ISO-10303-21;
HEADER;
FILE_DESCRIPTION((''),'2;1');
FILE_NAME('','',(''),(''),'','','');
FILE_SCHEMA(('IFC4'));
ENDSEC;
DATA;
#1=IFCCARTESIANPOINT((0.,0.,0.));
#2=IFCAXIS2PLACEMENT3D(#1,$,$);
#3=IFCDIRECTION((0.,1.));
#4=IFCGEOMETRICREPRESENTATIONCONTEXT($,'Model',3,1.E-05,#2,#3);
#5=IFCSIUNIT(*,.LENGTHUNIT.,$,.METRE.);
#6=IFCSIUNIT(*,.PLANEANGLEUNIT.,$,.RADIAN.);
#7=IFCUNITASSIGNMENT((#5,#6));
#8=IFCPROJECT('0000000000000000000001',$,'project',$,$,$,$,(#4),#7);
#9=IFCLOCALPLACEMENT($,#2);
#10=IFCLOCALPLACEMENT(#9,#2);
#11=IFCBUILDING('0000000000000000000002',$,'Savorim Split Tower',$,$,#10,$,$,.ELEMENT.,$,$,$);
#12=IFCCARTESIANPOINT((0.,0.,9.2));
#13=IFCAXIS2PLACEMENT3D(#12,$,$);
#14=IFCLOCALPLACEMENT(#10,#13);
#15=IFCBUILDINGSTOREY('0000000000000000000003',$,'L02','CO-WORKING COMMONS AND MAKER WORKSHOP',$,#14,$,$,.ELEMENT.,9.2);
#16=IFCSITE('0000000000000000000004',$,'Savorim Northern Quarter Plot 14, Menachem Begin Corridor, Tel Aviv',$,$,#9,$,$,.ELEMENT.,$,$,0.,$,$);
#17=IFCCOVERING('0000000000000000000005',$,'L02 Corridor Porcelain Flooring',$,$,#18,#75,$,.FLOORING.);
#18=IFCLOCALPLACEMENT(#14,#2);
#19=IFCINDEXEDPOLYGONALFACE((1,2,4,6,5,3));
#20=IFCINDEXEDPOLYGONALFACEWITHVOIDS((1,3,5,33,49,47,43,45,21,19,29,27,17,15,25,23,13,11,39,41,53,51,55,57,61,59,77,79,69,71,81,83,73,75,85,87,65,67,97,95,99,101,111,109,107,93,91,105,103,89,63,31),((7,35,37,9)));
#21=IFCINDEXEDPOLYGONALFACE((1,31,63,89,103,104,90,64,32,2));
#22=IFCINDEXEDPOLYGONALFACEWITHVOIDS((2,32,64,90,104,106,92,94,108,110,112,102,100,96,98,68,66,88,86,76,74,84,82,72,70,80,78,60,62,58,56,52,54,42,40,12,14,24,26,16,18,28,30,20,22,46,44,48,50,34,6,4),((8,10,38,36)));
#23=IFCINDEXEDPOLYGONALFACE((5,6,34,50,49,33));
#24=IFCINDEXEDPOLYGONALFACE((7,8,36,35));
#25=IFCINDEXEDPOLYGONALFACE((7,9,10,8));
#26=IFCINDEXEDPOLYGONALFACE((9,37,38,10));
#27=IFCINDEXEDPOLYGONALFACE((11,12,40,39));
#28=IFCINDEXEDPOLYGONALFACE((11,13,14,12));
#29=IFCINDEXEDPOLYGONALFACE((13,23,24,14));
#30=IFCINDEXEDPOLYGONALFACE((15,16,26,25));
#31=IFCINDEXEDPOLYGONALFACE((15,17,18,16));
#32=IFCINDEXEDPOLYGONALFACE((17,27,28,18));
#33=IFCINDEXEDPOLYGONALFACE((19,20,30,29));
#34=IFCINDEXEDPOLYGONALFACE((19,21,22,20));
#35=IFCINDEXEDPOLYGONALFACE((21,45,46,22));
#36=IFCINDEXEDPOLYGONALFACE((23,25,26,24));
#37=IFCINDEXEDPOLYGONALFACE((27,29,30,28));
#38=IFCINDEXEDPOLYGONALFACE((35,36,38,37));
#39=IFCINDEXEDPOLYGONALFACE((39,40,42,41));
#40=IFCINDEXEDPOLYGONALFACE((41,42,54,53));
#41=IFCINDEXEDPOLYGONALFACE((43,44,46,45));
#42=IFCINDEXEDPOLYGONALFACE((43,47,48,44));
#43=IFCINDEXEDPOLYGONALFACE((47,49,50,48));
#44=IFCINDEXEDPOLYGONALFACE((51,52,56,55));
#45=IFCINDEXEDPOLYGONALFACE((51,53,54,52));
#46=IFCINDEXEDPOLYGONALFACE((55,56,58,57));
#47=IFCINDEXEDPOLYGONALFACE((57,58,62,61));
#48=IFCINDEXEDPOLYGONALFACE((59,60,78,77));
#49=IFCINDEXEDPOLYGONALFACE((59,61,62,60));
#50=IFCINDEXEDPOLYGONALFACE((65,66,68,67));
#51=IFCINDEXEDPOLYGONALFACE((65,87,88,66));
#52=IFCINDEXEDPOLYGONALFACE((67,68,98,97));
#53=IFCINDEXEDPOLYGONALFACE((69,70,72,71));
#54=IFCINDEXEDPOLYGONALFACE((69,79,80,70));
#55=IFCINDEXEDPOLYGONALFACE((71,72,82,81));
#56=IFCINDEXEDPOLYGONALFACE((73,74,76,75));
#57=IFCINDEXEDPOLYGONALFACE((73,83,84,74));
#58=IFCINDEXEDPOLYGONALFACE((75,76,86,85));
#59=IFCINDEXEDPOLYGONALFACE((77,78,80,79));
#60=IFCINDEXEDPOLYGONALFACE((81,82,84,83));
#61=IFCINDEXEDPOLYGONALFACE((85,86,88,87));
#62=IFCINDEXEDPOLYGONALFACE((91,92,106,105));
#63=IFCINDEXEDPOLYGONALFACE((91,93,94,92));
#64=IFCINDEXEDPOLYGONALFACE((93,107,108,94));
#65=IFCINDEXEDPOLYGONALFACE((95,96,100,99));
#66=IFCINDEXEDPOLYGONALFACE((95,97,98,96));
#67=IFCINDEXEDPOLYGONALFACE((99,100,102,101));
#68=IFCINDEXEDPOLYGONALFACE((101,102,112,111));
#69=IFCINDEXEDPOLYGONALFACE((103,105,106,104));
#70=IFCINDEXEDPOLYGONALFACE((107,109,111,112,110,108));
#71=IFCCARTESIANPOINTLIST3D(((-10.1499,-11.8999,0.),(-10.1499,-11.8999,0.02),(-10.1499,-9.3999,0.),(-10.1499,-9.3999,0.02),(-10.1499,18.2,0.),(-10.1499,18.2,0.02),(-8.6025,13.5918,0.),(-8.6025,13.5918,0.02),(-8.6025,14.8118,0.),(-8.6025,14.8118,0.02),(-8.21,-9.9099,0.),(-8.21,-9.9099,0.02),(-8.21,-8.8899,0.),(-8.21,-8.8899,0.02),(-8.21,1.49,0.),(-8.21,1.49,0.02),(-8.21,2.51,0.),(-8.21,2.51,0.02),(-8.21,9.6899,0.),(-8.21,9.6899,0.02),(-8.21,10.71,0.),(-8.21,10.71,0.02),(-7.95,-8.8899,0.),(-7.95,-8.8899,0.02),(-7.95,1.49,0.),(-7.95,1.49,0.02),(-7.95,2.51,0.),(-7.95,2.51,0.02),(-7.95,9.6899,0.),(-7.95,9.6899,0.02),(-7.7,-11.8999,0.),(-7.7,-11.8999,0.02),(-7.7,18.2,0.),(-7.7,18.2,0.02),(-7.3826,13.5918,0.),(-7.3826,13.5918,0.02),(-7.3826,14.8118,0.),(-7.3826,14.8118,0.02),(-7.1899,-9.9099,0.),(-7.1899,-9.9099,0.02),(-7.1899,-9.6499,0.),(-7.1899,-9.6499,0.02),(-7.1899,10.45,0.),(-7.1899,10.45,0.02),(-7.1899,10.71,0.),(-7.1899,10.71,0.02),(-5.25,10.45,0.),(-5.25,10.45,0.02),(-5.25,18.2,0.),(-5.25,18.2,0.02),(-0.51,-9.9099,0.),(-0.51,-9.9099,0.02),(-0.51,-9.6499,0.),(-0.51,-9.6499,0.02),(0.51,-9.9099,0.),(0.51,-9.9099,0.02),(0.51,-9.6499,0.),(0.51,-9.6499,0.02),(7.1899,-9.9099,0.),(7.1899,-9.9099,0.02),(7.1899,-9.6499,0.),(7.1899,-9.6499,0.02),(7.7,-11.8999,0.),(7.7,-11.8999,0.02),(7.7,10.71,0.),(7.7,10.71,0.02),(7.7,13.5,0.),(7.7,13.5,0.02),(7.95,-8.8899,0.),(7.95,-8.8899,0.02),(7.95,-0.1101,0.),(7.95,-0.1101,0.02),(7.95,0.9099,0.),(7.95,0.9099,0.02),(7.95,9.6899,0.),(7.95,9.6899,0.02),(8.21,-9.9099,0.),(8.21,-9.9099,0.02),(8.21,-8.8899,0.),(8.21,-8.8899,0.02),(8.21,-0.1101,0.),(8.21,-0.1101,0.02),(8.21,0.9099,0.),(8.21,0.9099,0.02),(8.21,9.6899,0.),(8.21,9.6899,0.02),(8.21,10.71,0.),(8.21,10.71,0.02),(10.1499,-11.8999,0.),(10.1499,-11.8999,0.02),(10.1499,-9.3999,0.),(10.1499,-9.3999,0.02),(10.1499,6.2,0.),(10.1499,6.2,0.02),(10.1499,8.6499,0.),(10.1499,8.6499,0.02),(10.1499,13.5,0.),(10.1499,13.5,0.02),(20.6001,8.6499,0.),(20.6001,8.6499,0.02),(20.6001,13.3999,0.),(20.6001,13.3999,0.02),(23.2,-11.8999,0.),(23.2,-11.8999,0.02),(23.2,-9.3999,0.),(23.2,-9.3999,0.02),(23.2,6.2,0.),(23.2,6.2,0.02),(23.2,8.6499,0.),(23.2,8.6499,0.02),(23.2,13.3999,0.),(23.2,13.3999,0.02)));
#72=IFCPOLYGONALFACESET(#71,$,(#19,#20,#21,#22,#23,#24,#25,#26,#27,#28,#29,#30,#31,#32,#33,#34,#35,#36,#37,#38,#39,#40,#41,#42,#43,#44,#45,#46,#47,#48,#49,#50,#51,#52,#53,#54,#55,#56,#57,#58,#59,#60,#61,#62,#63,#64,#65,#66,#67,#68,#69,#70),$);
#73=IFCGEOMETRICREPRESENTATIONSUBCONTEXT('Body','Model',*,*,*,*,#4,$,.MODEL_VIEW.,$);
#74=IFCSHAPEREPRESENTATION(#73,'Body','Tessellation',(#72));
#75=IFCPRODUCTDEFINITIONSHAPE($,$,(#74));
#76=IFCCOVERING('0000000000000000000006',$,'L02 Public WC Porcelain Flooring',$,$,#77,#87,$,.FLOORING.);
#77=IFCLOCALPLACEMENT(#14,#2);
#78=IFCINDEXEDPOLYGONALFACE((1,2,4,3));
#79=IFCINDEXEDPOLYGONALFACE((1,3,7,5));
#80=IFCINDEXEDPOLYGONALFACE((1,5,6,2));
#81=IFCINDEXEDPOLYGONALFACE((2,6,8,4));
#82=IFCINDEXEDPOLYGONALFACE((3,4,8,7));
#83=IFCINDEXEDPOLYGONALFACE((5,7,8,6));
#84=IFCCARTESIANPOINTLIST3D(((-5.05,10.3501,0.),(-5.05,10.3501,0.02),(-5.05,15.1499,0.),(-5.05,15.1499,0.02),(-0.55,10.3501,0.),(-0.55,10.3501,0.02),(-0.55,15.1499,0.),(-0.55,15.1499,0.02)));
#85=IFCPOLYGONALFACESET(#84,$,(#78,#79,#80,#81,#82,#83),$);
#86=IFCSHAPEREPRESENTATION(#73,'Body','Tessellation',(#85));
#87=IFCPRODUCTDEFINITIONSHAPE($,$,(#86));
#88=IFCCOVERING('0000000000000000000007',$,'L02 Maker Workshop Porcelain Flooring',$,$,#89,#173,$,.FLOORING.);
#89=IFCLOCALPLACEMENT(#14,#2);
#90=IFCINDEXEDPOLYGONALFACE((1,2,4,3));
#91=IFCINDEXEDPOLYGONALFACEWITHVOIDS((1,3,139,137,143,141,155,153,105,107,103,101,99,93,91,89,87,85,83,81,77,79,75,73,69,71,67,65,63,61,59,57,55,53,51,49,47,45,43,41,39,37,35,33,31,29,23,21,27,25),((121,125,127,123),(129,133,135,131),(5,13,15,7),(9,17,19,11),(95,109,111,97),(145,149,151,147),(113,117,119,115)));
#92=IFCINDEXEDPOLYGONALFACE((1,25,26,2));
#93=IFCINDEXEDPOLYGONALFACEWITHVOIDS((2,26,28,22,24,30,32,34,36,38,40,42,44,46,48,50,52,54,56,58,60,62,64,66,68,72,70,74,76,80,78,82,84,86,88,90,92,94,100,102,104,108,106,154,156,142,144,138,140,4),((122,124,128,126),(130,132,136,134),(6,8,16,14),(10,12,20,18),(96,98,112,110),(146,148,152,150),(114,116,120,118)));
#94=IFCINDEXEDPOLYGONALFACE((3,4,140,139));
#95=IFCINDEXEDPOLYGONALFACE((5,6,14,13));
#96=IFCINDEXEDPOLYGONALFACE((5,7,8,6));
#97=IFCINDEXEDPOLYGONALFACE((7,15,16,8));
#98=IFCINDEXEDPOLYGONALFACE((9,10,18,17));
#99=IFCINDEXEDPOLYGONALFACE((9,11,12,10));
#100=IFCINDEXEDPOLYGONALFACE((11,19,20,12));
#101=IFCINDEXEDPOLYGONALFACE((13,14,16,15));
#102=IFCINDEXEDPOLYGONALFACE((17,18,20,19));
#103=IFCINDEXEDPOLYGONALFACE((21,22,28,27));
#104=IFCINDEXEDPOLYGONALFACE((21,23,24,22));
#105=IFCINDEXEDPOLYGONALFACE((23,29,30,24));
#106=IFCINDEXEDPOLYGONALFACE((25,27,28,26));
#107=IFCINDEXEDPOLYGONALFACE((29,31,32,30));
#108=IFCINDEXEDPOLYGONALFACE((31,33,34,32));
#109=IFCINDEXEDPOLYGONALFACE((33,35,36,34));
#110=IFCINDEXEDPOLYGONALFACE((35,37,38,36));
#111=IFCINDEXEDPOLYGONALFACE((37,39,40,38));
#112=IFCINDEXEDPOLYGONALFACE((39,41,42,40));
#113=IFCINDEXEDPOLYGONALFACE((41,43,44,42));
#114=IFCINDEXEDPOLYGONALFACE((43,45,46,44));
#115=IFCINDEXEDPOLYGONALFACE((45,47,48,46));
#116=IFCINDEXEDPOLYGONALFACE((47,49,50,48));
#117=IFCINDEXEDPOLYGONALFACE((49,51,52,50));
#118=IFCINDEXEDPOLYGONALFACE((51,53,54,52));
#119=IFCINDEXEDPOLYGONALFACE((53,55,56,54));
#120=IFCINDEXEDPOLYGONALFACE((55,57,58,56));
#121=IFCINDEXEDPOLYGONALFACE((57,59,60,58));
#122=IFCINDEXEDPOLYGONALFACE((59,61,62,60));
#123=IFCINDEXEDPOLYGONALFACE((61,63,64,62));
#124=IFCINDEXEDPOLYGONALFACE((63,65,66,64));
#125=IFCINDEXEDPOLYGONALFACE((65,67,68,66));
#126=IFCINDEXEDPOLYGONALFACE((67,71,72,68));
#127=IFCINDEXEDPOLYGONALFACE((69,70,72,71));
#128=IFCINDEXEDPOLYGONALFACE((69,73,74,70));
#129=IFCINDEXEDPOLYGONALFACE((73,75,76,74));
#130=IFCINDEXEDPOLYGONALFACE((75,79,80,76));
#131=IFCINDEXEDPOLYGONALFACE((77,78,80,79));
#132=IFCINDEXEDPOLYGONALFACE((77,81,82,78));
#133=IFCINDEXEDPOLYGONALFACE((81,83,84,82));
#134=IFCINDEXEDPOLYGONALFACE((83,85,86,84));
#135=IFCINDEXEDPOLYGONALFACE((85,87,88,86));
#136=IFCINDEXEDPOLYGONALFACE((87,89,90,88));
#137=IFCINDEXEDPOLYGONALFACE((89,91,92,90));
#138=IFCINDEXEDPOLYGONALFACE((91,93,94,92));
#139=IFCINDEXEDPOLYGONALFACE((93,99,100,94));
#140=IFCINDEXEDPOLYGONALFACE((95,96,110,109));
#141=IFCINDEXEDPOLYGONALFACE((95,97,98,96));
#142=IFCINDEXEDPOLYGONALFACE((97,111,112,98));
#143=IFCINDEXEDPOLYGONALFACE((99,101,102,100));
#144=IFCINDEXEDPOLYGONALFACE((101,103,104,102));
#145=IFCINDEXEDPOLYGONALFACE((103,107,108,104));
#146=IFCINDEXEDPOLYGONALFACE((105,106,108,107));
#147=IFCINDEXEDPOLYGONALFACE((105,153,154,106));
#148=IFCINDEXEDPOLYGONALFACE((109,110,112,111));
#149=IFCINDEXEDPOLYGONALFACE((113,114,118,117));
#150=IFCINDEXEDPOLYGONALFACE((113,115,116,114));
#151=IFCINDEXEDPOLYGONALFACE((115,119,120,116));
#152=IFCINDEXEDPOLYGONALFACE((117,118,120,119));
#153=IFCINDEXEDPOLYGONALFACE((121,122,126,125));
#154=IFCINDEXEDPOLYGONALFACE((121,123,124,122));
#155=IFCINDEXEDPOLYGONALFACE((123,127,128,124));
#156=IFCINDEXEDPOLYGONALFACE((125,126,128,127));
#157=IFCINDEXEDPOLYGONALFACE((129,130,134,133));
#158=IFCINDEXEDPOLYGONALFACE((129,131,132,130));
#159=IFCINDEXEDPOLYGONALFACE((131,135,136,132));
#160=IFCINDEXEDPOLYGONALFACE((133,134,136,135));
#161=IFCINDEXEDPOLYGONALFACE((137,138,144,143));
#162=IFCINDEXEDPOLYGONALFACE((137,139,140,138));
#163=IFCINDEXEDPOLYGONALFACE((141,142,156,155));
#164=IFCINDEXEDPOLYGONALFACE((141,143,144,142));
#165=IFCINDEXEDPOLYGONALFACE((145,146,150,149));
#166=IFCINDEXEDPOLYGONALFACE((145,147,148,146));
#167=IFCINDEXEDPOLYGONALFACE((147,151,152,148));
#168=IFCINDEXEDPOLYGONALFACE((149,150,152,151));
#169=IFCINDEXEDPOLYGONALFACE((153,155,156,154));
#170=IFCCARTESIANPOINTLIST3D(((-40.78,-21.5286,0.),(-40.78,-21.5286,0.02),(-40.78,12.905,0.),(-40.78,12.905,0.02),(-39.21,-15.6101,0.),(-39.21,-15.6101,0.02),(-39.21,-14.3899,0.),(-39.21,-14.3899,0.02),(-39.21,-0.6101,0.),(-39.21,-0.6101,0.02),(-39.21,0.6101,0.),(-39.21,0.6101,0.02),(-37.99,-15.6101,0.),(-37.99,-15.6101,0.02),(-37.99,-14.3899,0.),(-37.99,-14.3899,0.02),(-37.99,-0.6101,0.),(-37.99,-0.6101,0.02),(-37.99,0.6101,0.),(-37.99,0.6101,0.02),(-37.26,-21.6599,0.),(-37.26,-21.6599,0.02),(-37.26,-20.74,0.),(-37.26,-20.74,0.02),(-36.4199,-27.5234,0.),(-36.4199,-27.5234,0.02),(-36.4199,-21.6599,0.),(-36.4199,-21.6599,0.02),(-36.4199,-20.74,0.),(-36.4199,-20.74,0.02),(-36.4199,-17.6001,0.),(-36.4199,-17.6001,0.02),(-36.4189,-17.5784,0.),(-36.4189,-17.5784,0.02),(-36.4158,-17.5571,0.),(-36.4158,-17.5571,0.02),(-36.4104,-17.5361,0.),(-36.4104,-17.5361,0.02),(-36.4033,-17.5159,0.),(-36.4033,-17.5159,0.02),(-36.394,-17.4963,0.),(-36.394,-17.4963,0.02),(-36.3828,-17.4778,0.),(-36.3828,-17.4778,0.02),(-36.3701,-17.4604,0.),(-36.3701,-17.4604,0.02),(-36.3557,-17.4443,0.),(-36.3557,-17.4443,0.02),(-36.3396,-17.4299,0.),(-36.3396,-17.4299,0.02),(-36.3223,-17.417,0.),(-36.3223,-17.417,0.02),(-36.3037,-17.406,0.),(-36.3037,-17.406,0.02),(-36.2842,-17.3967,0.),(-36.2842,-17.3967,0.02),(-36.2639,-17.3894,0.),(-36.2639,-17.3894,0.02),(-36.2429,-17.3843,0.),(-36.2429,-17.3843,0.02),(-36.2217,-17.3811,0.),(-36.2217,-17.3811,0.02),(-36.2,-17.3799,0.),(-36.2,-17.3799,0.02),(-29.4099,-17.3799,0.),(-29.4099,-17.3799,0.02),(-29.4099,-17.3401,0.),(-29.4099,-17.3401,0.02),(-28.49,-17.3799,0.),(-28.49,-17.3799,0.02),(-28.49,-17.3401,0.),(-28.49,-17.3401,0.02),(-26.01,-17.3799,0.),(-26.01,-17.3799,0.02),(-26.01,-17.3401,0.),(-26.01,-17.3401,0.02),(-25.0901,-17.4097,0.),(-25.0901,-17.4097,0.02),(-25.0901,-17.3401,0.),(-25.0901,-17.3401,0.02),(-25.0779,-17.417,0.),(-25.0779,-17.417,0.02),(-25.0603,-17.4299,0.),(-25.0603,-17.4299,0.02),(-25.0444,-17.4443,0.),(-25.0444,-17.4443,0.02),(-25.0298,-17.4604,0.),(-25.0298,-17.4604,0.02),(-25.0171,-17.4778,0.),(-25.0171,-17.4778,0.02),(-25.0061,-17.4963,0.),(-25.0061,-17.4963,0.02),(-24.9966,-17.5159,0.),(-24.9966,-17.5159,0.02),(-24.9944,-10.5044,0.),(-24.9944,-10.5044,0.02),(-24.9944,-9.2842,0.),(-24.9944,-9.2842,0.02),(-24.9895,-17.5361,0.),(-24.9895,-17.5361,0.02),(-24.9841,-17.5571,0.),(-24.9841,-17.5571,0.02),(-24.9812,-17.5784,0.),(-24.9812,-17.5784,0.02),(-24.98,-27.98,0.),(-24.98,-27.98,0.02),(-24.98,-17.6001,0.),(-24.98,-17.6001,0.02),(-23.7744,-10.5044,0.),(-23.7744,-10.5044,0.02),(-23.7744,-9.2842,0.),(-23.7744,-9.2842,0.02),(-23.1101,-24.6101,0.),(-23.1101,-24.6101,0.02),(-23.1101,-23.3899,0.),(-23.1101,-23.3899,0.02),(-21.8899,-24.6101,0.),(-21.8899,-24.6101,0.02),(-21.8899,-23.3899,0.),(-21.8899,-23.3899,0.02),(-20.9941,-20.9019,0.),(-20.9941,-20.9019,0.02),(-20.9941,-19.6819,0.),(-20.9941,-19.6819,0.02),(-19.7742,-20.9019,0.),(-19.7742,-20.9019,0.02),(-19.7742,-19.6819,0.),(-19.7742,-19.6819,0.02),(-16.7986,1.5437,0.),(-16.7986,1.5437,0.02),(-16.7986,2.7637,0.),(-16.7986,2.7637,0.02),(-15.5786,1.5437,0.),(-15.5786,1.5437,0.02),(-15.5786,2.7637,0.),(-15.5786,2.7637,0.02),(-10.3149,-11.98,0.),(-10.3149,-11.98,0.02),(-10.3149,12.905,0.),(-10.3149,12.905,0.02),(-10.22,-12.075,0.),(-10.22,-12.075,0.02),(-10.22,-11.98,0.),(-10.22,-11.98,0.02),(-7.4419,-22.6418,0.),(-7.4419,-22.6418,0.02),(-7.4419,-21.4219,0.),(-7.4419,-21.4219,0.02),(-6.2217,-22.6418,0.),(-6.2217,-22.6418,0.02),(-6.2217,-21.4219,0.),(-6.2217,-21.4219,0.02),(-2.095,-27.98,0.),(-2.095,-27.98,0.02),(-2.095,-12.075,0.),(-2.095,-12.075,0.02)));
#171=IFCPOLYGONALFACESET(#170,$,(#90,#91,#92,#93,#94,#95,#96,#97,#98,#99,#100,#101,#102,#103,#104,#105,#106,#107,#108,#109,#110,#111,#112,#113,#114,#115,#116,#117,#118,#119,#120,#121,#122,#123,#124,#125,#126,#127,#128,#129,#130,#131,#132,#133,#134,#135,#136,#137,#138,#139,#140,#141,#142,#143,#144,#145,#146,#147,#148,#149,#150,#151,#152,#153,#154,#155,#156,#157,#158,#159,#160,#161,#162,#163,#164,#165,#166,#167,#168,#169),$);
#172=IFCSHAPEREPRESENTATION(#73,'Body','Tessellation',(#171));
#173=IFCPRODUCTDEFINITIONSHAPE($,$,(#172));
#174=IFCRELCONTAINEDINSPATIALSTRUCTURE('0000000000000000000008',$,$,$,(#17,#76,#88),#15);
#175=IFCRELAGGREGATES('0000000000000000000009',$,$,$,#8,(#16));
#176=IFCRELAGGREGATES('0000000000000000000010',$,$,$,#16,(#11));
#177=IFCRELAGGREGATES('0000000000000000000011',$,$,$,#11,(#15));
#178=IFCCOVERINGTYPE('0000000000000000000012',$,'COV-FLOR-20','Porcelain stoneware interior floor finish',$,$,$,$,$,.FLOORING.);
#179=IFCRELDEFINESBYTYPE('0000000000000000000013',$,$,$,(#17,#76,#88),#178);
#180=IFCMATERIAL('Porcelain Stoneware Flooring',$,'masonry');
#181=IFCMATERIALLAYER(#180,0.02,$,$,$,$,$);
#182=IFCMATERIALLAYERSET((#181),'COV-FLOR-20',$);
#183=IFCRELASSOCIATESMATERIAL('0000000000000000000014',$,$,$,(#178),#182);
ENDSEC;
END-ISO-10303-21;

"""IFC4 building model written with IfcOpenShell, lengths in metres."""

from ifc_helpers import new_model, si_unit, direction, frame, origin, place, context, subcontext, project, spatial, polyline, outline, extrude, material, layer, layer_set, type_object, element, save


model = new_model("IFC4")

# Units and contexts
model_context = context("Model", 3, precision=1e-05, world=origin(), true_north=direction((0.0, 1.0)))
body_context = subcontext(model_context, "Body", "Model", "MODEL_VIEW")
ifc_project = project(units=[si_unit("LENGTHUNIT", "METRE"), si_unit("PLANEANGLEUNIT", "RADIAN")], contexts=[model_context])

# Site, building, storey
site_placement = place(None, origin())
site = spatial("IfcSite", under=ifc_project, at=site_placement, Name="Savorim Northern Quarter Plot 14, Menachem Begin Corridor, Tel Aviv", CompositionType="ELEMENT", RefElevation=0.0)
building_placement = place(site_placement, origin())
building = spatial("IfcBuilding", under=site, at=building_placement, Name="Savorim Split Tower", CompositionType="ELEMENT")
storey_placement = place(building_placement, frame((0.0, 0.0, 9.2)))
storey = spatial("IfcBuildingStorey", under=building, at=storey_placement, Name="L02", Description="CO-WORKING COMMONS AND MAKER WORKSHOP", CompositionType="ELEMENT", Elevation=9.2)

# Coverings
ifc_material_1 = material(Name="Porcelain Stoneware Flooring", Category="masonry")
ifc_layer_1 = layer(ifc_material_1, 0.02)
ifc_layer_set_1 = layer_set([ifc_layer_1], Name="COV-FLOR-20")
covering_type_1 = type_object("IfcCoveringType", Name="COV-FLOR-20", Description="Porcelain stoneware interior floor finish", PredefinedType="FLOORING", material=ifc_layer_set_1)
covering_1_placement = place(storey_placement, origin())
element("IfcCovering", 1, at=covering_1_placement, inside=storey, type_object=covering_type_1, Name="L02 Corridor Porcelain Flooring", PredefinedType="FLOORING", context=body_context, shape_type="SweptSolid", body=[
    extrude(outline(polyline([(-7.7, 18.2), (-10.1499, 18.2), (-10.1499, -9.3999), (-10.1499, -11.8999), (-7.7, -11.8999), (7.7, -11.8999), (10.1499, -11.8999), (23.2, -11.8999), (23.2, -9.3999), (10.1499, -9.3999), (10.1499, 6.2), (23.2, 6.2), (23.2, 8.6499), (23.2, 13.3999), (20.6001, 13.3999), (20.6001, 8.6499), (10.1499, 8.6499), (10.1499, 13.5), (7.7, 13.5), (7.7, 10.71), (8.21, 10.71), (8.21, 9.6899), (7.95, 9.6899), (7.95, 0.9099), (8.21, 0.9099), (8.21, -0.1101), (7.95, -0.1101), (7.95, -8.8899), (8.21, -8.8899), (8.21, -9.9099), (7.1899, -9.9099), (7.1899, -9.6499), (0.51, -9.6499), (0.51, -9.9099), (-0.51, -9.9099), (-0.51, -9.6499), (-7.1899, -9.6499), (-7.1899, -9.9099), (-8.21, -9.9099), (-8.21, -8.8899), (-7.95, -8.8899), (-7.95, 1.49), (-8.21, 1.49), (-8.21, 2.51), (-7.95, 2.51), (-7.95, 9.6899), (-8.21, 9.6899), (-8.21, 10.71), (-7.1899, 10.71), (-7.1899, 10.45), (-5.25, 10.45), (-5.25, 18.2), (-7.7, 18.2)]), holes=[polyline([(-8.6025, 13.5918), (-7.3826, 13.5918), (-7.3826, 14.8118), (-8.6025, 14.8118), (-8.6025, 13.5918)])]), origin(), (0.0, 0.0, 1.0), 0.02),
])
covering_2_placement = place(storey_placement, origin())
element("IfcCovering", 2, at=covering_2_placement, inside=storey, type_object=covering_type_1, Name="L02 Public WC Porcelain Flooring", PredefinedType="FLOORING", context=body_context, shape_type="SweptSolid", body=[
    extrude(outline(polyline([(-5.05, 15.1499), (-5.05, 10.3501), (-0.55, 10.3501), (-0.55, 15.1499), (-5.05, 15.1499)])), origin(), (0.0, 0.0, 1.0), 0.02),
])
covering_3_placement = place(storey_placement, origin())
element("IfcCovering", 3, at=covering_3_placement, inside=storey, type_object=covering_type_1, Name="L02 Maker Workshop Porcelain Flooring", PredefinedType="FLOORING", context=body_context, shape_type="SweptSolid", body=[
    extrude(outline(polyline([(-10.3149, 12.905), (-40.78, 12.905), (-40.78, -21.5286), (-36.4199, -27.5234), (-36.4199, -21.6599), (-37.26, -21.6599), (-37.26, -20.74), (-36.4199, -20.74), (-36.4199, -17.6001), (-36.4189, -17.5784), (-36.4158, -17.5571), (-36.4104, -17.5361), (-36.4033, -17.5159), (-36.394, -17.4963), (-36.3828, -17.4778), (-36.3701, -17.4604), (-36.3557, -17.4443), (-36.3396, -17.4299), (-36.3223, -17.417), (-36.3037, -17.406), (-36.2842, -17.3967), (-36.2639, -17.3894), (-36.2429, -17.3843), (-36.2217, -17.3811), (-36.2, -17.3799), (-29.4099, -17.3799), (-29.4099, -17.3401), (-28.49, -17.3401), (-28.49, -17.3799), (-26.01, -17.3799), (-26.01, -17.3401), (-25.0901, -17.3401), (-25.0901, -17.4097), (-25.0779, -17.417), (-25.0603, -17.4299), (-25.0444, -17.4443), (-25.0298, -17.4604), (-25.0171, -17.4778), (-25.0061, -17.4963), (-24.9966, -17.5159), (-24.9895, -17.5361), (-24.9841, -17.5571), (-24.9812, -17.5784), (-24.98, -17.6001), (-24.98, -27.98), (-2.095, -27.98), (-2.095, -12.075), (-10.22, -12.075), (-10.22, -11.98), (-10.3149, -11.98), (-10.3149, 12.905)]), holes=[polyline([(-37.99, 0.6101), (-39.21, 0.6101), (-39.21, -0.6101), (-37.99, -0.6101), (-37.99, 0.6101)]), polyline([(-39.21, -14.3899), (-39.21, -15.6101), (-37.99, -15.6101), (-37.99, -14.3899), (-39.21, -14.3899)]), polyline([(-23.1101, -24.6101), (-21.8899, -24.6101), (-21.8899, -23.3899), (-23.1101, -23.3899), (-23.1101, -24.6101)]), polyline([(-19.7742, -20.9019), (-19.7742, -19.6819), (-20.9941, -19.6819), (-20.9941, -20.9019), (-19.7742, -20.9019)]), polyline([(-6.2217, -21.4219), (-7.4419, -21.4219), (-7.4419, -22.6418), (-6.2217, -22.6418), (-6.2217, -21.4219)]), polyline([(-15.5786, 1.5437), (-15.5786, 2.7637), (-16.7986, 2.7637), (-16.7986, 1.5437), (-15.5786, 1.5437)]), polyline([(-23.7744, -9.2842), (-24.9944, -9.2842), (-24.9944, -10.5044), (-23.7744, -10.5044), (-23.7744, -9.2842)])]), origin(), (0.0, 0.0, 1.0), 0.02),
])

save(model, "model.ifc")
